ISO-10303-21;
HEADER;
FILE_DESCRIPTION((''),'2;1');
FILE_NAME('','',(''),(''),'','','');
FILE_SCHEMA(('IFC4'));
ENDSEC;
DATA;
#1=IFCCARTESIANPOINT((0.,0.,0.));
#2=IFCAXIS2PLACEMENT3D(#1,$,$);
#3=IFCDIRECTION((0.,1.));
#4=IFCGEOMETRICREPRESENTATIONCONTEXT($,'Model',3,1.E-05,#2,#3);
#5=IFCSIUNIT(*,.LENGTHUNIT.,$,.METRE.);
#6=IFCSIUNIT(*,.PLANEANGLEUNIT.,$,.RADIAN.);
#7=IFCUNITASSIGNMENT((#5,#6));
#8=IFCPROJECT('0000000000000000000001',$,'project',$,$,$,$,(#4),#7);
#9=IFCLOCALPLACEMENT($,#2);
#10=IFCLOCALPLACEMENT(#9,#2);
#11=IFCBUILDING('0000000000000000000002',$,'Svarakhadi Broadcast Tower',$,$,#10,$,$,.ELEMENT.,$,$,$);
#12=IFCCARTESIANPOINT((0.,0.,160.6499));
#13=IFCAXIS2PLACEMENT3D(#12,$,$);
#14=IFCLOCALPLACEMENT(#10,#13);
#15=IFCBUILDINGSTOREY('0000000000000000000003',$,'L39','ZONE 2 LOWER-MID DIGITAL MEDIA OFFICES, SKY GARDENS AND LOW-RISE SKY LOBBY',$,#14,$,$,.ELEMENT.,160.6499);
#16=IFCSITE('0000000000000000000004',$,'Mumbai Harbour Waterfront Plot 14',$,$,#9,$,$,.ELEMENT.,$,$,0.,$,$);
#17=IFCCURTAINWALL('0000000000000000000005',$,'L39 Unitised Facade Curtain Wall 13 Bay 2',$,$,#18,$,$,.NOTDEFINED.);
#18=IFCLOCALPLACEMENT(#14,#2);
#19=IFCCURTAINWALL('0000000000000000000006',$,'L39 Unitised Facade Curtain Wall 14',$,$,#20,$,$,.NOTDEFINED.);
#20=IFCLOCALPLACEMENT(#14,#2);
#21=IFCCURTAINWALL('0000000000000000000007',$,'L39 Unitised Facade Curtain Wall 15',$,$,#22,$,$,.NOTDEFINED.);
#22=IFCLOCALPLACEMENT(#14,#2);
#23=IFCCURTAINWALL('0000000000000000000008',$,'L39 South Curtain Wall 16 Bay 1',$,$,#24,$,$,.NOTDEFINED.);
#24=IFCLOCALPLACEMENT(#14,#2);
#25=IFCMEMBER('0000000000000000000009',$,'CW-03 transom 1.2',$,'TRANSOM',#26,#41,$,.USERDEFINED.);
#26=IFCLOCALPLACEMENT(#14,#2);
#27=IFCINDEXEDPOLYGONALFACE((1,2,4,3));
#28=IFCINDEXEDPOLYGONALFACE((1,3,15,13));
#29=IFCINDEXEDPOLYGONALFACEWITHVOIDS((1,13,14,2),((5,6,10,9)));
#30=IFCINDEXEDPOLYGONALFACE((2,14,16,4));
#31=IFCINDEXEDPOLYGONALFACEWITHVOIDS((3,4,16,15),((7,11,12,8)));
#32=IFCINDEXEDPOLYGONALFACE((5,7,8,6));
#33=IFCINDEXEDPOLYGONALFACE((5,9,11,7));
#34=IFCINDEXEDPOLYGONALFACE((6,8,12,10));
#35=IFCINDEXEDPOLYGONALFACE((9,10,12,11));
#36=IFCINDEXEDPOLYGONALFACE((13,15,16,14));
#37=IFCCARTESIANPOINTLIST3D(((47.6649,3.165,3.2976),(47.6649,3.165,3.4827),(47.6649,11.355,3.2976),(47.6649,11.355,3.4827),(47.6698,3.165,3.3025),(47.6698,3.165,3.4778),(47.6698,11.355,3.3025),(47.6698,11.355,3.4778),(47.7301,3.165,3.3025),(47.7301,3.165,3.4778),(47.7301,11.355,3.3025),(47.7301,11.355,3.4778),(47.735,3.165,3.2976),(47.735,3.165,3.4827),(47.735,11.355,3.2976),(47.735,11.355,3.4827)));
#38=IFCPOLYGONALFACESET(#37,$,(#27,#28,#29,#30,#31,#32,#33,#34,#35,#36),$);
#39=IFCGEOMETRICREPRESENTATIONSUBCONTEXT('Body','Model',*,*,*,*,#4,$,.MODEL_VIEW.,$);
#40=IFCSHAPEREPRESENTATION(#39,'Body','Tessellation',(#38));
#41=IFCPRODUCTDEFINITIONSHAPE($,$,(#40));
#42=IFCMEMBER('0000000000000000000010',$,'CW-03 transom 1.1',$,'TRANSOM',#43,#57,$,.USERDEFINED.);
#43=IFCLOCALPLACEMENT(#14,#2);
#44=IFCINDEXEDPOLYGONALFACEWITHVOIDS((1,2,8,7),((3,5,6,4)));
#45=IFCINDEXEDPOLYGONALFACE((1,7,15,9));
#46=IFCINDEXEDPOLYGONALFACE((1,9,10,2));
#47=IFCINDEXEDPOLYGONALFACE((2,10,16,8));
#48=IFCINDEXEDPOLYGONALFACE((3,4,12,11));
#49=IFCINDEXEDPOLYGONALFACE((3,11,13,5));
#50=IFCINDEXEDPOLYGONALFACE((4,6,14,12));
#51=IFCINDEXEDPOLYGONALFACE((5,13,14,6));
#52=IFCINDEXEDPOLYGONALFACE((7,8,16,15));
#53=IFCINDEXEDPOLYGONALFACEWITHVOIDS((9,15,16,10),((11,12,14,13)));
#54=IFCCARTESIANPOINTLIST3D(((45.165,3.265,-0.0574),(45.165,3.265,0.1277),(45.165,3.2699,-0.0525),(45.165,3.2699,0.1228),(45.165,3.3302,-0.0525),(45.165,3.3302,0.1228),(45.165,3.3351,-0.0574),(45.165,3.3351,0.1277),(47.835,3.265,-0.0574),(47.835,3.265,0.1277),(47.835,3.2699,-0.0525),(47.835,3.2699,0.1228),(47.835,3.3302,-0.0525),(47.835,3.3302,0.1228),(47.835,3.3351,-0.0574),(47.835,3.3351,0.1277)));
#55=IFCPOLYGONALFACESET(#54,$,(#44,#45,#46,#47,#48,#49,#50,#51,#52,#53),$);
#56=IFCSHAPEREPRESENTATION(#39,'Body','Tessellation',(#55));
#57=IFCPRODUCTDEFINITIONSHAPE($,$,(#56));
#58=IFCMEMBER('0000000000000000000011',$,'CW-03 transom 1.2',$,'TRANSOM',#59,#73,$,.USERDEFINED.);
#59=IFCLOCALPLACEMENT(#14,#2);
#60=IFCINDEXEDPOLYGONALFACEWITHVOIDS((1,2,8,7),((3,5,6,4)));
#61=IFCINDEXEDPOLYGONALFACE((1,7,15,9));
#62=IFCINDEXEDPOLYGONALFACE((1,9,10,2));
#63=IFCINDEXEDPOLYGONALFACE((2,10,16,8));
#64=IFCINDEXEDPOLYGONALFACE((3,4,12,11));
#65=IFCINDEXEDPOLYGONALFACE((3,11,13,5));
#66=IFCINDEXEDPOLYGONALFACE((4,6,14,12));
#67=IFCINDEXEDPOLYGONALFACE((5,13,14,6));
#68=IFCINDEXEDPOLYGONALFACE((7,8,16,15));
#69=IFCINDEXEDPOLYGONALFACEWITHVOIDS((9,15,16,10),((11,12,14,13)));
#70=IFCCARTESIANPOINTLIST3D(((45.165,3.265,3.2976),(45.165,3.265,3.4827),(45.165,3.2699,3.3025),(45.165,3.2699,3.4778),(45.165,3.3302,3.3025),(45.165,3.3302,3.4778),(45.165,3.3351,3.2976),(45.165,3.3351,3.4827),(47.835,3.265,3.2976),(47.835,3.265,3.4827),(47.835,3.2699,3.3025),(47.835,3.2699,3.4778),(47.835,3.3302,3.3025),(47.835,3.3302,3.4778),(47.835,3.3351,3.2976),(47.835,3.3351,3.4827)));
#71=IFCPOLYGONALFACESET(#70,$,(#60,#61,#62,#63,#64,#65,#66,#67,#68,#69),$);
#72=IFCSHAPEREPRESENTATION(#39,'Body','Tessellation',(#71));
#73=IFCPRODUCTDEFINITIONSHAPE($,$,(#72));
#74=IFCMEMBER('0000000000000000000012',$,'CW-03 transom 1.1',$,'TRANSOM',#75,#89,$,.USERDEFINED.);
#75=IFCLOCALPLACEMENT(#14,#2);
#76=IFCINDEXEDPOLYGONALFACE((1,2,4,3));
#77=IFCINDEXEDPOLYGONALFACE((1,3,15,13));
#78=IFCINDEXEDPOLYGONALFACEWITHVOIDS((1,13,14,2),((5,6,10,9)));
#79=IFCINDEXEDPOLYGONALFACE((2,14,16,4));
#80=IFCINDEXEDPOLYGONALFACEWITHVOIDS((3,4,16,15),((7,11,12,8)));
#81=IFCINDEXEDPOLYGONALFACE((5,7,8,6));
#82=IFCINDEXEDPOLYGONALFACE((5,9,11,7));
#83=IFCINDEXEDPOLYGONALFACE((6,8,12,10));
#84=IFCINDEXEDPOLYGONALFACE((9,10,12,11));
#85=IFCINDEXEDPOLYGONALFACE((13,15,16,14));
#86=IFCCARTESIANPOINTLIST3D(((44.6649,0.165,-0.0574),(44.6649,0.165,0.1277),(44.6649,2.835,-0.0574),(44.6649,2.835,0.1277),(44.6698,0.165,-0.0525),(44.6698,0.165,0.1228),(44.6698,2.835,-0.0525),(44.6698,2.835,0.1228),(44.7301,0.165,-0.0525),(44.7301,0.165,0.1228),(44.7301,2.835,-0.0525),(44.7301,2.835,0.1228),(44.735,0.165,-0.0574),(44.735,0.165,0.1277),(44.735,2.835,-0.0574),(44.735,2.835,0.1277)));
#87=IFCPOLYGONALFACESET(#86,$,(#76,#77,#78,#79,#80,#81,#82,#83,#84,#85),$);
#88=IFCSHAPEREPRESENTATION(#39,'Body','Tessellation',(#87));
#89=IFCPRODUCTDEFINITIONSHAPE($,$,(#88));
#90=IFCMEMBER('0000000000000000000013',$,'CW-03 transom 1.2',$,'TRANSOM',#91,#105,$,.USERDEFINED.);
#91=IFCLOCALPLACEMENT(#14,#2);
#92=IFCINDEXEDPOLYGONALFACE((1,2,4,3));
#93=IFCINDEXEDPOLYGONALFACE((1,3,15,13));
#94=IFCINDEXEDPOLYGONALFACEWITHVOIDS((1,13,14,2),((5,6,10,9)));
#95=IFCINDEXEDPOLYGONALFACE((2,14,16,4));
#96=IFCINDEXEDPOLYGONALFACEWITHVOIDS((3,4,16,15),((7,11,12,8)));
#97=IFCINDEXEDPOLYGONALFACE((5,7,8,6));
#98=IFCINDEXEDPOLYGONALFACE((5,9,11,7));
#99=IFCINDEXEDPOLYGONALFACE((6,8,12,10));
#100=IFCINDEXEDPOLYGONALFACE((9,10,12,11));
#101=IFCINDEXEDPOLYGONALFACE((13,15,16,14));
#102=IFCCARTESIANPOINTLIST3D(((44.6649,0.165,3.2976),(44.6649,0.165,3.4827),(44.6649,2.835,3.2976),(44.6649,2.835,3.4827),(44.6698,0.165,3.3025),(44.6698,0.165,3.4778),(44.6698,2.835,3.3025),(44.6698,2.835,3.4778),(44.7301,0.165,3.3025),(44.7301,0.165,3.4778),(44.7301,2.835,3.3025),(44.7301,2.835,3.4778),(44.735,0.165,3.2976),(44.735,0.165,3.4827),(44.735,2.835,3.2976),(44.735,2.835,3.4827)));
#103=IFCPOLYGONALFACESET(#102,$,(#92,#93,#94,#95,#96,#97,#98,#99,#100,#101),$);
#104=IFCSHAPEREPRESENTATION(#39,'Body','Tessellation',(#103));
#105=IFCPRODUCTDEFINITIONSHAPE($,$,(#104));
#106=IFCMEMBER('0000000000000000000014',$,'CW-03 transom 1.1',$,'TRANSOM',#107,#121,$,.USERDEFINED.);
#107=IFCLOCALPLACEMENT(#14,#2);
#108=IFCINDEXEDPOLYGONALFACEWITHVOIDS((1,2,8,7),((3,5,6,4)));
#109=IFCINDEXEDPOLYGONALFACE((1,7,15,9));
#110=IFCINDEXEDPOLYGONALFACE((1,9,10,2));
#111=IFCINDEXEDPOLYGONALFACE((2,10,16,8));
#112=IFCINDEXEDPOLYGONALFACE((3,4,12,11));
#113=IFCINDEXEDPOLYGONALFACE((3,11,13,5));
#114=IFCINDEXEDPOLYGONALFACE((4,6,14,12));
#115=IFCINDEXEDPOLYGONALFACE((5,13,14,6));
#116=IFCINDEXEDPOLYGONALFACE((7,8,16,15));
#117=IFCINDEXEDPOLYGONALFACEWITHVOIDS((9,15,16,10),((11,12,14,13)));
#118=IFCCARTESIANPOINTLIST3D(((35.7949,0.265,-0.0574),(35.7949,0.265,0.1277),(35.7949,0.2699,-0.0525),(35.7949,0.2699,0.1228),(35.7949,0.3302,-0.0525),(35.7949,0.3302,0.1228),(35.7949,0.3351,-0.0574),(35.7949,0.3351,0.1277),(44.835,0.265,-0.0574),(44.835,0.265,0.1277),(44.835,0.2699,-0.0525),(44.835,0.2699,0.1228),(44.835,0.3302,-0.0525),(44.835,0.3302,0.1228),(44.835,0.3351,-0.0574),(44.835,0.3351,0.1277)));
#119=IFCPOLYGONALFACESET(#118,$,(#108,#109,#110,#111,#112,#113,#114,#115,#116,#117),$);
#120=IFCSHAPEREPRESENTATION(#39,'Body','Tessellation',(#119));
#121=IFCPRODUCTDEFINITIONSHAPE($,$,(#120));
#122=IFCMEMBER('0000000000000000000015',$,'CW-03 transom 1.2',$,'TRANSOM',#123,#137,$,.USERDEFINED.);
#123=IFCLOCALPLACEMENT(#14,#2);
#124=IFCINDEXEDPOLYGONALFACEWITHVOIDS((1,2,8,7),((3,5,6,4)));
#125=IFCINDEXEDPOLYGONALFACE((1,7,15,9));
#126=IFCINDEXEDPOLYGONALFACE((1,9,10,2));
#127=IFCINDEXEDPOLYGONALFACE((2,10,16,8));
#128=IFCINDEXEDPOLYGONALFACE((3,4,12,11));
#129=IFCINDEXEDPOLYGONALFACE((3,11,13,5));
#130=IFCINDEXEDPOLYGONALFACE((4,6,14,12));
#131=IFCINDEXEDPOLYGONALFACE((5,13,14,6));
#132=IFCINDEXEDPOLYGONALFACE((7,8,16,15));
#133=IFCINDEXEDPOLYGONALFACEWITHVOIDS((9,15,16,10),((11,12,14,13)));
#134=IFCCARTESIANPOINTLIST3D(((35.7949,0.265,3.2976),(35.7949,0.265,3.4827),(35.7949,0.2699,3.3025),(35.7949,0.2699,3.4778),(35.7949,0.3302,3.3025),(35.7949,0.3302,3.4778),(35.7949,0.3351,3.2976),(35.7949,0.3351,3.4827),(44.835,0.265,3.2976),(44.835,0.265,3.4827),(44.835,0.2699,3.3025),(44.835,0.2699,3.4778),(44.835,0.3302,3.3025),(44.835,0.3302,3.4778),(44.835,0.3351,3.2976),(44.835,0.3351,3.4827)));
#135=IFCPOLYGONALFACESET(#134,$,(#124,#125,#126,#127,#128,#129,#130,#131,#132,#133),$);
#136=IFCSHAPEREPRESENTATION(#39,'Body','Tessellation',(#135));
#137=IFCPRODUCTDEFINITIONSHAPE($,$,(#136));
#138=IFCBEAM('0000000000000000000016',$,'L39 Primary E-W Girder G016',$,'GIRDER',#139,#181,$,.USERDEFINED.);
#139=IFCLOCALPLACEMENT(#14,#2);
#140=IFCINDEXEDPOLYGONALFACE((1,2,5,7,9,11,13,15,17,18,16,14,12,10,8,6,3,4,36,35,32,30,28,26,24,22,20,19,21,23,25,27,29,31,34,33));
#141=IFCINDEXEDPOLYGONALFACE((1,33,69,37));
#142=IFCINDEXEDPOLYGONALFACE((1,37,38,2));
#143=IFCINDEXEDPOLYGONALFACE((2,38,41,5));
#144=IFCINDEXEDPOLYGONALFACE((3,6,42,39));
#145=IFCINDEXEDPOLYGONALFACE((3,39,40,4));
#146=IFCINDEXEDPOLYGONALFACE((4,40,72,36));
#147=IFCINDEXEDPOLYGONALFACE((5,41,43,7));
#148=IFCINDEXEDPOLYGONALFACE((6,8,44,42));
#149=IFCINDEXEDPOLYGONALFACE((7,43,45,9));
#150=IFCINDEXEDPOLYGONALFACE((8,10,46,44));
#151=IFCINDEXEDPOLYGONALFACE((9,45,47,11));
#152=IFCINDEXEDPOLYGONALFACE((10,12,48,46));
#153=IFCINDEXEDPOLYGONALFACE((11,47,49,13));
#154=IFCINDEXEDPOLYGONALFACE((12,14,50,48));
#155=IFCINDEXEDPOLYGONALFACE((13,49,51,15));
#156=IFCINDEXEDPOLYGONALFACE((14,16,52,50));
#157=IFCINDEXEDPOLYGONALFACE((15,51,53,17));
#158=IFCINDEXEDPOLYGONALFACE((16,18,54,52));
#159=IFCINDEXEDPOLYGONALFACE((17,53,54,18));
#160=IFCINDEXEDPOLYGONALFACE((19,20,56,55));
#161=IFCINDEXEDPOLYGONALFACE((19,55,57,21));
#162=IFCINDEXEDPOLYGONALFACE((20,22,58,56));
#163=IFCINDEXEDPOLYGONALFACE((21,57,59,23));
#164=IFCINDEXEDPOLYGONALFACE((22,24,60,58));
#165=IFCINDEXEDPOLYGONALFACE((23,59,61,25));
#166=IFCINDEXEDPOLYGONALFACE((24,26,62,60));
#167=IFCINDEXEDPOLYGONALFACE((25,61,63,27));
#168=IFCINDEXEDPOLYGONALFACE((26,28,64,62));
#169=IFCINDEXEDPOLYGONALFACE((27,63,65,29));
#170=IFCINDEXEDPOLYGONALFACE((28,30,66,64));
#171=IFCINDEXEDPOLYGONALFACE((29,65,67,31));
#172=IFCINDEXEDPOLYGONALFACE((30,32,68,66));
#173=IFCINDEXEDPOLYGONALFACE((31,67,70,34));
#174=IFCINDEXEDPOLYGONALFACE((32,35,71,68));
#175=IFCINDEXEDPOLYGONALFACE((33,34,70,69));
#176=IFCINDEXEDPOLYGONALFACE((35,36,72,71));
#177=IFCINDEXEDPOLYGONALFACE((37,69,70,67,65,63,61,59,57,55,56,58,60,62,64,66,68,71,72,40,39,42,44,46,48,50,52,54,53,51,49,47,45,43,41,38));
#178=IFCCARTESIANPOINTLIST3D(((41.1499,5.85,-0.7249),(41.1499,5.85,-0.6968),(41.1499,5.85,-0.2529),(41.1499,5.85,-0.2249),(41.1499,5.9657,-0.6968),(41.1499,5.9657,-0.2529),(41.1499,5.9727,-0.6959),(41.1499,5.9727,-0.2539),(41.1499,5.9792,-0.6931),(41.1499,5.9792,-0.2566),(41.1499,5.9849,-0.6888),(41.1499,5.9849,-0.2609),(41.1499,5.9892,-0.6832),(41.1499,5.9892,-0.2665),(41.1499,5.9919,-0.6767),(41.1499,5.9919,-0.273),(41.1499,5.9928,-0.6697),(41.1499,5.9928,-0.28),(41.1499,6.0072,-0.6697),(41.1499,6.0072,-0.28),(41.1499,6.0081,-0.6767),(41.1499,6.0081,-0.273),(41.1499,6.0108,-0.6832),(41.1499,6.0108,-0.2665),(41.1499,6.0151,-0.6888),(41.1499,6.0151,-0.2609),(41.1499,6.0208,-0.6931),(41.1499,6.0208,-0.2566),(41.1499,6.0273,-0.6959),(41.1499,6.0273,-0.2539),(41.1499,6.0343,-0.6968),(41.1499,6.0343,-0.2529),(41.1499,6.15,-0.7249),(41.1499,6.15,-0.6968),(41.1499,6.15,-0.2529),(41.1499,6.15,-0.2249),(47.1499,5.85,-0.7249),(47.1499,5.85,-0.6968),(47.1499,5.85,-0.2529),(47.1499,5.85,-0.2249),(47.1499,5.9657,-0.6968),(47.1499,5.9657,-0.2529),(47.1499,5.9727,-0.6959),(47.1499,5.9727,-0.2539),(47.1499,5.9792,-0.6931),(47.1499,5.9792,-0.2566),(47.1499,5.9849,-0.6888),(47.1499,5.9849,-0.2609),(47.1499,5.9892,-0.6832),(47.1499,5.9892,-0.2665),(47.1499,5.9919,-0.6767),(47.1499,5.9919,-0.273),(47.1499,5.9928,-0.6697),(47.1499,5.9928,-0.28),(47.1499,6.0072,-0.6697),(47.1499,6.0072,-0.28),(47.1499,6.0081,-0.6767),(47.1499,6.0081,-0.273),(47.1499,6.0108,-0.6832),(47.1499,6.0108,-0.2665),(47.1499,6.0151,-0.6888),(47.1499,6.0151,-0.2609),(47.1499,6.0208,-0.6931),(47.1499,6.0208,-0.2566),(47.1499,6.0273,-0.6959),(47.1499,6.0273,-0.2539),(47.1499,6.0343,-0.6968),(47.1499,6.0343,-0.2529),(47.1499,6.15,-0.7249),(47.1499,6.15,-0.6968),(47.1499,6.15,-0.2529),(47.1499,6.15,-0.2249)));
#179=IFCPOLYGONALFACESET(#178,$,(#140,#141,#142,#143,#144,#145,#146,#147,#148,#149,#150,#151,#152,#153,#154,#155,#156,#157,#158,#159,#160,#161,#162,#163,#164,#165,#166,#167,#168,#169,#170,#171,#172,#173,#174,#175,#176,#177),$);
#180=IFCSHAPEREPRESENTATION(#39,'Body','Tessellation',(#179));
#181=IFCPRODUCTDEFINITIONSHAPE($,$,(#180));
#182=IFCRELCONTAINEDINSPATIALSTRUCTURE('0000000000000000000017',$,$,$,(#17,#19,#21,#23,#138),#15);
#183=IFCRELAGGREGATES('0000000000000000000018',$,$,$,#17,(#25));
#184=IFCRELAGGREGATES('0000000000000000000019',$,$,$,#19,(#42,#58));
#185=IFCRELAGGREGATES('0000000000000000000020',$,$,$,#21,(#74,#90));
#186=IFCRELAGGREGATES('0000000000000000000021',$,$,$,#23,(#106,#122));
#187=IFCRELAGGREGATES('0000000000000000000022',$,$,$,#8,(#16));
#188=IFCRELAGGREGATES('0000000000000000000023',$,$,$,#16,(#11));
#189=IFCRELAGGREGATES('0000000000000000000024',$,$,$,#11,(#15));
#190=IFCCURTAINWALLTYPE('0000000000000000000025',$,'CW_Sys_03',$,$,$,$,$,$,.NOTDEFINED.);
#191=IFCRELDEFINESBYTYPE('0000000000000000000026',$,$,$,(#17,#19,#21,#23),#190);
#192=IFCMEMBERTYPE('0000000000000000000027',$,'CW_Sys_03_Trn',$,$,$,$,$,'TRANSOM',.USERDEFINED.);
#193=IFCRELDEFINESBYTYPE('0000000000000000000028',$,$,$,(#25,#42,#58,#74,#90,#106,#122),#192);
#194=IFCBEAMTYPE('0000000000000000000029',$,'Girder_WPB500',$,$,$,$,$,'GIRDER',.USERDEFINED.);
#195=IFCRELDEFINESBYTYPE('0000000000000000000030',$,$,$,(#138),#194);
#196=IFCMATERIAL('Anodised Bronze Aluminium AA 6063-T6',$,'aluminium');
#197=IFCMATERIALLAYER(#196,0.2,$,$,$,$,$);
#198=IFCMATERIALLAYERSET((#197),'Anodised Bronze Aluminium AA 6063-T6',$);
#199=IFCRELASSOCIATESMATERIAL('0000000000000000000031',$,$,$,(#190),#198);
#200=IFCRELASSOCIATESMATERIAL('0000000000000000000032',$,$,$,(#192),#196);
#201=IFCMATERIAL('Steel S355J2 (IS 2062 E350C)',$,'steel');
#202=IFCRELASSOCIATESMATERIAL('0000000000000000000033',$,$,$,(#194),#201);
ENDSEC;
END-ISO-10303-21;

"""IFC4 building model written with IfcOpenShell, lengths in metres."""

from ifc_helpers import new_model, si_unit, direction, frame, origin, origin_2d, place, context, subcontext, project, spatial, hollow_rectangle, i_section, extrude, material, layer, layer_set, material_profile, profile_set, type_object, element, aggregate, save


model = new_model("IFC4")

# Units and contexts
model_context = context("Model", 3, precision=1e-05, world=origin(), true_north=direction((0.0, 1.0)))
body_context = subcontext(model_context, "Body", "Model", "MODEL_VIEW")
ifc_project = project(units=[si_unit("LENGTHUNIT", "METRE"), si_unit("PLANEANGLEUNIT", "RADIAN")], contexts=[model_context])

# Site, building, storey
site_placement = place(None, origin())
site = spatial("IfcSite", under=ifc_project, at=site_placement, Name="Mumbai Harbour Waterfront Plot 14", CompositionType="ELEMENT", RefElevation=0.0)
building_placement = place(site_placement, origin())
building = spatial("IfcBuilding", under=site, at=building_placement, Name="Svarakhadi Broadcast Tower", CompositionType="ELEMENT")
storey_placement = place(building_placement, frame((0.0, 0.0, 160.6499)))
storey = spatial("IfcBuildingStorey", under=building, at=storey_placement, Name="L39", Description="ZONE 2 LOWER-MID DIGITAL MEDIA OFFICES, SKY GARDENS AND LOW-RISE SKY LOBBY", CompositionType="ELEMENT", Elevation=160.6499)

# Shared definitions
ifc_material_1 = material(Name="Steel S355J2 (IS 2062 E350C)", Category="steel")

# Curtain walls
ifc_material_2 = material(Name="Anodised Bronze Aluminium AA 6063-T6", Category="aluminium")
ifc_layer_1 = layer(ifc_material_2, 0.2)
ifc_layer_set_1 = layer_set([ifc_layer_1], Name="Anodised Bronze Aluminium AA 6063-T6")
curtain_wall_type = type_object("IfcCurtainWallType", Name="CW_Sys_03", PredefinedType="NOTDEFINED", material=ifc_layer_set_1)
curtain_wall_1_placement = place(storey_placement, origin())
curtain_wall_1 = element("IfcCurtainWall", 1, at=curtain_wall_1_placement, inside=storey, type_object=curtain_wall_type, Name="L39 Unitised Facade Curtain Wall 13 Bay 2", PredefinedType="NOTDEFINED")
curtain_wall_2_placement = place(storey_placement, origin())
curtain_wall_2 = element("IfcCurtainWall", 2, at=curtain_wall_2_placement, inside=storey, type_object=curtain_wall_type, Name="L39 Unitised Facade Curtain Wall 14", PredefinedType="NOTDEFINED")
curtain_wall_3_placement = place(storey_placement, origin())
curtain_wall_3 = element("IfcCurtainWall", 3, at=curtain_wall_3_placement, inside=storey, type_object=curtain_wall_type, Name="L39 Unitised Facade Curtain Wall 15", PredefinedType="NOTDEFINED")

# Curtain wall
curtain_wall_4_placement = place(storey_placement, origin())
curtain_wall_4 = element("IfcCurtainWall", 4, at=curtain_wall_4_placement, inside=storey, type_object=curtain_wall_type, Name="L39 South Curtain Wall 16 Bay 1", PredefinedType="NOTDEFINED")

# Members
ifc_material_profile_1 = material_profile(ifc_material_2, hollow_rectangle(XDim=0.0701, YDim=0.1851, WallThickness=0.0049, at=origin_2d()), Name="ALU TRANSOM 185x70x5")
ifc_profile_set_1 = profile_set([ifc_material_profile_1], Name="Anodised Bronze Aluminium AA 6063-T6")
member_type_1 = type_object("IfcMemberType", Name="CW_Sys_03_Trn", ElementType="TRANSOM", PredefinedType="USERDEFINED", material=ifc_profile_set_1)
member_1_placement = place(storey_placement, frame((47.7, 11.355, 3.3901), z_axis=(0.0, -1.0, 0.0), x_axis=(1.0, 0.0, 0.0)))
member_1 = element("IfcMember", 5, at=member_1_placement, type_object=member_type_1, Name="CW-03 transom 1.2", ObjectType="TRANSOM", PredefinedType="USERDEFINED", context=body_context, shape_type="SweptSolid", body=[
    extrude(hollow_rectangle(XDim=0.0701, YDim=0.1851, WallThickness=0.0049, at=origin_2d()), origin(), (0.0, 0.0, 1.0), 8.1899),
])
member_2_placement = place(storey_placement, frame((47.835, 3.3, 0.0352), z_axis=(-1.0, 0.0, 0.0), x_axis=(0.0, -1.0, 0.0)))
member_2 = element("IfcMember", 6, at=member_2_placement, type_object=member_type_1, Name="CW-03 transom 1.1", ObjectType="TRANSOM", PredefinedType="USERDEFINED", context=body_context, shape_type="SweptSolid", body=[
    extrude(hollow_rectangle(XDim=0.0701, YDim=0.1851, WallThickness=0.0049, at=origin_2d()), origin(), (0.0, 0.0, 1.0), 2.6699),
])
member_3_placement = place(storey_placement, frame((47.835, 3.3, 3.3901), z_axis=(-1.0, 0.0, 0.0), x_axis=(0.0, -1.0, 0.0)))
member_3 = element("IfcMember", 7, at=member_3_placement, type_object=member_type_1, Name="CW-03 transom 1.2", ObjectType="TRANSOM", PredefinedType="USERDEFINED", context=body_context, shape_type="SweptSolid", body=[
    extrude(hollow_rectangle(XDim=0.0701, YDim=0.1851, WallThickness=0.0049, at=origin_2d()), origin(), (0.0, 0.0, 1.0), 2.6699),
])
member_4_placement = place(storey_placement, frame((44.7, 2.835, 0.0352), z_axis=(0.0, -1.0, 0.0), x_axis=(1.0, 0.0, 0.0)))
member_4 = element("IfcMember", 8, at=member_4_placement, type_object=member_type_1, Name="CW-03 transom 1.1", ObjectType="TRANSOM", PredefinedType="USERDEFINED", context=body_context, shape_type="SweptSolid", body=[
    extrude(hollow_rectangle(XDim=0.0701, YDim=0.1851, WallThickness=0.0049, at=origin_2d()), origin(), (0.0, 0.0, 1.0), 2.6699),
])
member_5_placement = place(storey_placement, frame((44.7, 2.835, 3.3901), z_axis=(0.0, -1.0, 0.0), x_axis=(1.0, 0.0, 0.0)))
member_5 = element("IfcMember", 9, at=member_5_placement, type_object=member_type_1, Name="CW-03 transom 1.2", ObjectType="TRANSOM", PredefinedType="USERDEFINED", context=body_context, shape_type="SweptSolid", body=[
    extrude(hollow_rectangle(XDim=0.0701, YDim=0.1851, WallThickness=0.0049, at=origin_2d()), origin(), (0.0, 0.0, 1.0), 2.6699),
])
member_6_placement = place(storey_placement, frame((44.835, 0.3, 0.0352), z_axis=(-1.0, 0.0, 0.0), x_axis=(0.0, -1.0, 0.0)))
member_6 = element("IfcMember", 10, at=member_6_placement, type_object=member_type_1, Name="CW-03 transom 1.1", ObjectType="TRANSOM", PredefinedType="USERDEFINED", context=body_context, shape_type="SweptSolid", body=[
    extrude(hollow_rectangle(XDim=0.0701, YDim=0.1851, WallThickness=0.0049, at=origin_2d()), origin(), (0.0, 0.0, 1.0), 9.04),
])
member_7_placement = place(storey_placement, frame((44.835, 0.3, 3.3901), z_axis=(-1.0, 0.0, 0.0), x_axis=(0.0, -1.0, 0.0)))
member_7 = element("IfcMember", 11, at=member_7_placement, type_object=member_type_1, Name="CW-03 transom 1.2", ObjectType="TRANSOM", PredefinedType="USERDEFINED", context=body_context, shape_type="SweptSolid", body=[
    extrude(hollow_rectangle(XDim=0.0701, YDim=0.1851, WallThickness=0.0049, at=origin_2d()), origin(), (0.0, 0.0, 1.0), 9.04),
])

# Beam
ifc_material_profile_2 = material_profile(ifc_material_1, i_section(OverallWidth=0.3, OverallDepth=0.5, WebThickness=0.0144, FlangeThickness=0.0281, FilletRadius=0.0271, at=origin_2d()), Name="WPB 500x300x187")
ifc_profile_set_2 = profile_set([ifc_material_profile_2], Name="Steel S355J2 (IS 2062 E350C)")
beam_type_1 = type_object("IfcBeamType", Name="Girder_WPB500", ElementType="GIRDER", PredefinedType="USERDEFINED", material=ifc_profile_set_2)
beam_1_placement = place(storey_placement, frame((41.1499, 6.0, -0.4749), z_axis=(1.0, 0.0, 0.0), x_axis=(0.0, 1.0, 0.0)))
element("IfcBeam", 12, at=beam_1_placement, inside=storey, type_object=beam_type_1, Name="L39 Primary E-W Girder G016", ObjectType="GIRDER", PredefinedType="USERDEFINED", context=body_context, shape_type="SweptSolid", body=[
    extrude(i_section(OverallWidth=0.3, OverallDepth=0.5, WebThickness=0.0144, FlangeThickness=0.0281, FilletRadius=0.0271, at=origin_2d()), origin(), (0.0, 0.0, 1.0), 6.0),
])

aggregate(curtain_wall_1, [member_1])
aggregate(curtain_wall_2, [member_2, member_3])
aggregate(curtain_wall_3, [member_4, member_5])
aggregate(curtain_wall_4, [member_6, member_7])

save(model, "model.ifc")
